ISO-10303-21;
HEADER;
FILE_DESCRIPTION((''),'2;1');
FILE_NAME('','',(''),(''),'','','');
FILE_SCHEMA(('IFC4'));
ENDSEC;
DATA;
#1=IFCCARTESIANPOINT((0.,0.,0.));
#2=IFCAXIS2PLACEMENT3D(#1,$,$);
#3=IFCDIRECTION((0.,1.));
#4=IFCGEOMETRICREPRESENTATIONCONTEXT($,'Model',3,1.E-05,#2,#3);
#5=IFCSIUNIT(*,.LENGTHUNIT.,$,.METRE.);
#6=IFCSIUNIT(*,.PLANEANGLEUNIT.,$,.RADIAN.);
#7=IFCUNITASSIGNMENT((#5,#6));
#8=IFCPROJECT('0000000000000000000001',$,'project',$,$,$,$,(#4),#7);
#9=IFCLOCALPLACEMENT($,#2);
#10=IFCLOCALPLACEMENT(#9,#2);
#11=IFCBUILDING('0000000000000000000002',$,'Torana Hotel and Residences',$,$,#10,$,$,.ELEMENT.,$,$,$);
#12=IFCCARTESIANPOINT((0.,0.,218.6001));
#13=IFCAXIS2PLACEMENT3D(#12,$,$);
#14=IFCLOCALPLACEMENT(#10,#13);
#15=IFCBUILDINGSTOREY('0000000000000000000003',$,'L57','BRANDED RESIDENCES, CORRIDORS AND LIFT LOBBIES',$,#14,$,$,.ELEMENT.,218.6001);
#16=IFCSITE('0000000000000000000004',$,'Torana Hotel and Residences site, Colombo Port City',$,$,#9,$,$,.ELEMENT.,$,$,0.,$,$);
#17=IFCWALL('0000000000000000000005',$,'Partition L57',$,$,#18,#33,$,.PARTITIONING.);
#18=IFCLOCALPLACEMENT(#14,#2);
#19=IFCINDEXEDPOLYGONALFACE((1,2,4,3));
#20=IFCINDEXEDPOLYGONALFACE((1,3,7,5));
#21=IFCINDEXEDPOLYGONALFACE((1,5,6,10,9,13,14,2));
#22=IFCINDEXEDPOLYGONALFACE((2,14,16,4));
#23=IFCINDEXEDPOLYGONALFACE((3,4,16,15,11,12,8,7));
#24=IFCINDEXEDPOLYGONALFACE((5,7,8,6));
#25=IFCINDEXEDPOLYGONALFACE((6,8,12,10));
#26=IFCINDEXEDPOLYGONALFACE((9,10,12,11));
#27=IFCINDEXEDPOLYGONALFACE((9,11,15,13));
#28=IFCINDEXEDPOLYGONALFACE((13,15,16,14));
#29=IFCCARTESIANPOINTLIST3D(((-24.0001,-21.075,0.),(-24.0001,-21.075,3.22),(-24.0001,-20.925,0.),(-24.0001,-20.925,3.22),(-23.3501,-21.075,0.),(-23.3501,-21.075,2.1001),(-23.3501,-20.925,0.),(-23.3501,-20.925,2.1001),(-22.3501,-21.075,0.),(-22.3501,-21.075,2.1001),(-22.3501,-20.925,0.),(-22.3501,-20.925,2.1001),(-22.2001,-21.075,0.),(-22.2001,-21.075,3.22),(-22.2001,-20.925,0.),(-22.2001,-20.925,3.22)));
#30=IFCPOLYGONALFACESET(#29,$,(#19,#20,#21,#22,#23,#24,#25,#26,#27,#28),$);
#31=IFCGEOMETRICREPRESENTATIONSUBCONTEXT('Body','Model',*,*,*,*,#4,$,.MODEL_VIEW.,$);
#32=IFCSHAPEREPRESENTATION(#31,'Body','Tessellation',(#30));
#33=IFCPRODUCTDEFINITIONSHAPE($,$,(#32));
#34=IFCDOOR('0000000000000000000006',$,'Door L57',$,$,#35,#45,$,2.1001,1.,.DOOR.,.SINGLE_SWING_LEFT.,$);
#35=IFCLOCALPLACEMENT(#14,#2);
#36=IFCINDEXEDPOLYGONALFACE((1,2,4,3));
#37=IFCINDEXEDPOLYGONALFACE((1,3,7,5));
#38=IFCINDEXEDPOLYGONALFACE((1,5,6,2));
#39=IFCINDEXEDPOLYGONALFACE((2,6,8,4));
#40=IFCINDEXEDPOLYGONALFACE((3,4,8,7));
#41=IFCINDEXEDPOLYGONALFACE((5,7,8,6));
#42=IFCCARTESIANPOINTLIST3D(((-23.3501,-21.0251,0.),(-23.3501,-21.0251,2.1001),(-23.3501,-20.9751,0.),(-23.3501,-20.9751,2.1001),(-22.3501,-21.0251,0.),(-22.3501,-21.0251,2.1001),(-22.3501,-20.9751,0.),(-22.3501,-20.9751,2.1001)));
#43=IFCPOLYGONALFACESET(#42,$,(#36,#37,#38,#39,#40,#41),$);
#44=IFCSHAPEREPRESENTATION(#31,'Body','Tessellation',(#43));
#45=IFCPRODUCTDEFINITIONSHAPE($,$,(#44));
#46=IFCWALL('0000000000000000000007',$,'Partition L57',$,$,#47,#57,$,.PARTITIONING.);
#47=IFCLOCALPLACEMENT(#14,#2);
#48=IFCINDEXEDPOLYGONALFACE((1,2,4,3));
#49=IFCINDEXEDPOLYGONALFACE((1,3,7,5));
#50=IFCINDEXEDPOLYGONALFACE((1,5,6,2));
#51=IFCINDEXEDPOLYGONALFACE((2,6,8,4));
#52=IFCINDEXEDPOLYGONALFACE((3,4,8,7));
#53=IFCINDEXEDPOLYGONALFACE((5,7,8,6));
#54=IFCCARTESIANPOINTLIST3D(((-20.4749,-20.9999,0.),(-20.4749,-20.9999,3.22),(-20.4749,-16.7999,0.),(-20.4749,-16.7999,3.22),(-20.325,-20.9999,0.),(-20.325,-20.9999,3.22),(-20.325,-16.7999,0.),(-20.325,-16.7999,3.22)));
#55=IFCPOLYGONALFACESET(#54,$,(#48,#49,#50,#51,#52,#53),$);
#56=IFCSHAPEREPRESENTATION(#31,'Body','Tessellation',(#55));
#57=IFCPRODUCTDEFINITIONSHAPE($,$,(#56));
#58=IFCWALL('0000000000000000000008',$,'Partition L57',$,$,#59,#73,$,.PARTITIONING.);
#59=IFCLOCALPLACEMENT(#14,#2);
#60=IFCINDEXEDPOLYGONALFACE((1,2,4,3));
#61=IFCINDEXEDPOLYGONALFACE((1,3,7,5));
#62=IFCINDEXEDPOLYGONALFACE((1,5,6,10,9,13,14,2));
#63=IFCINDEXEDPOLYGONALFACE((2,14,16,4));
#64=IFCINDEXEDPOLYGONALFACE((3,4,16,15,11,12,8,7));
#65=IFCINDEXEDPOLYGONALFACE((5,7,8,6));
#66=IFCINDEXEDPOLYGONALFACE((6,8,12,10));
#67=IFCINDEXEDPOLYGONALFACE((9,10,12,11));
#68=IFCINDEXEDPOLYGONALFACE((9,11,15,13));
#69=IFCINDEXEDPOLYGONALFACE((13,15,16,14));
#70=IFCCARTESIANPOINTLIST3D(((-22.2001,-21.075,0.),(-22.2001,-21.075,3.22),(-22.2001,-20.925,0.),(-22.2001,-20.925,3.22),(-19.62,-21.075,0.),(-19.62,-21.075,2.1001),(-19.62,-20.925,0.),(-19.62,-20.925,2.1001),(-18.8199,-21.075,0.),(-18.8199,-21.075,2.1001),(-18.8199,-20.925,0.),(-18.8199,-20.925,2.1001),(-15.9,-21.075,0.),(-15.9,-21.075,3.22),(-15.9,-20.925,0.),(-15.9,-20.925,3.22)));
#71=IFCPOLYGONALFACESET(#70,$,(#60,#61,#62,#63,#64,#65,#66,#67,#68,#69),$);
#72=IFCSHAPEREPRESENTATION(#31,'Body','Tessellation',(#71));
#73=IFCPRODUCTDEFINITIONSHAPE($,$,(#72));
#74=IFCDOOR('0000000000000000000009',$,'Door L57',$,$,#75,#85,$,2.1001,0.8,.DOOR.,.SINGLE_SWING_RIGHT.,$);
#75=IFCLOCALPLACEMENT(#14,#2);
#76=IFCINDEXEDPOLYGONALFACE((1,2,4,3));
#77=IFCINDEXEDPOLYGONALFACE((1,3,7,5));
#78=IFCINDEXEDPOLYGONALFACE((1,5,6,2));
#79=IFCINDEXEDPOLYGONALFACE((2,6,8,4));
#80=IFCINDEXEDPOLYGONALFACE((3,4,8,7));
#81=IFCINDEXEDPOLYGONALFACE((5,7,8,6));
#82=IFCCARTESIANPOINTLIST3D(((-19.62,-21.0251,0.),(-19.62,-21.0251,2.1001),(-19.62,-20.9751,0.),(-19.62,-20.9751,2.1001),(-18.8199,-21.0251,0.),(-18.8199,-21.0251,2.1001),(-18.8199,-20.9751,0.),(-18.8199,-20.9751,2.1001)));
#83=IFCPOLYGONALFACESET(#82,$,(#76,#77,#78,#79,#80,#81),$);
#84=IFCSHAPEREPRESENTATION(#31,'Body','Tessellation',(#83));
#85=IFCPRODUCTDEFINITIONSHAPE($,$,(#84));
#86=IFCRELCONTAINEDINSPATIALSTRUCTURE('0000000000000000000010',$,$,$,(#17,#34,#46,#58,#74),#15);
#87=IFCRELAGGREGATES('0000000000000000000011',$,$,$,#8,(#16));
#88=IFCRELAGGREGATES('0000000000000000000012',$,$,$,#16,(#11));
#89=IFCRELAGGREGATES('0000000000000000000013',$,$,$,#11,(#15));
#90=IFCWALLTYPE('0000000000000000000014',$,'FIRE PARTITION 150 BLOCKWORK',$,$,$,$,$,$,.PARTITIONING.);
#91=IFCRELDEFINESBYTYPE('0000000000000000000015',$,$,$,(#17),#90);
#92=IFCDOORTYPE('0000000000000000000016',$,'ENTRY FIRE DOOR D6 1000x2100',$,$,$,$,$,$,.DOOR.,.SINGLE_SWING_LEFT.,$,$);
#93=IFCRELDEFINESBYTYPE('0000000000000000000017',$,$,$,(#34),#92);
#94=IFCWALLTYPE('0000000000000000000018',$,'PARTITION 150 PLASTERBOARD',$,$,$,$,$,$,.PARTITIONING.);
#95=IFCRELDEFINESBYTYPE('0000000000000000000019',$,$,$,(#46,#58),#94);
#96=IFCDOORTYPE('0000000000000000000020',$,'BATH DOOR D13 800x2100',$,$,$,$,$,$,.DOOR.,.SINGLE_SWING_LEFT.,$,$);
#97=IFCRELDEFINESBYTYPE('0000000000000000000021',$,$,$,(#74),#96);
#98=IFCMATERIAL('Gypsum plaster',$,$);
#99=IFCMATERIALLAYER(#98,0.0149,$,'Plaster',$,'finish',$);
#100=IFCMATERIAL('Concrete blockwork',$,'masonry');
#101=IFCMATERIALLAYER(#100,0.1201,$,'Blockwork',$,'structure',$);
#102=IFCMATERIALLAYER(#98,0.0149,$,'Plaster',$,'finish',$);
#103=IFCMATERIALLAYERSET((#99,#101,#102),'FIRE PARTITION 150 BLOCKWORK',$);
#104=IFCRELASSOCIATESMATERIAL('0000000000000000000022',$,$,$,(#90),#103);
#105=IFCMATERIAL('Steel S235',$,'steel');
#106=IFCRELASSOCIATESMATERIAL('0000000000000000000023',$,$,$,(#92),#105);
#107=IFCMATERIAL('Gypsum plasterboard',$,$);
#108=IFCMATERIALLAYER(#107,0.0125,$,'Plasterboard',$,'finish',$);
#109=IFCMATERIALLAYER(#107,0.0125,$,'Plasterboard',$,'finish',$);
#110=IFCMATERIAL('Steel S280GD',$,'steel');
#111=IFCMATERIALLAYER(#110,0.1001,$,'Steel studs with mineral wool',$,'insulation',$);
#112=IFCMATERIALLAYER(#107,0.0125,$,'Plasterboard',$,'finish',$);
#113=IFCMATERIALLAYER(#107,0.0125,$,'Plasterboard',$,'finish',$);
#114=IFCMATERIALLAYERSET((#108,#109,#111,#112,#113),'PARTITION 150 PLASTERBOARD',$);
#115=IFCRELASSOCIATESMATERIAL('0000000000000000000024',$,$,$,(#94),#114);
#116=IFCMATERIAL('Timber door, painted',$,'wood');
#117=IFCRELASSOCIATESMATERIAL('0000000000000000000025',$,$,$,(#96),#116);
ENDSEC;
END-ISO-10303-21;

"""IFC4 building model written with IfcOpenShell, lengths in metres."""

from ifc_helpers import new_model, si_unit, direction, frame, frame_2d, origin, place, context, subcontext, project, spatial, rectangle, extrude, material, layer, layer_set, type_object, element, fill, save


model = new_model("IFC4")

# Units and contexts
model_context = context("Model", 3, precision=1e-05, world=origin(), true_north=direction((0.0, 1.0)))
body_context = subcontext(model_context, "Body", "Model", "MODEL_VIEW")
ifc_project = project(units=[si_unit("LENGTHUNIT", "METRE"), si_unit("PLANEANGLEUNIT", "RADIAN")], contexts=[model_context])

# Site, building, storey
site_placement = place(None, origin())
site = spatial("IfcSite", under=ifc_project, at=site_placement, Name="Torana Hotel and Residences site, Colombo Port City", CompositionType="ELEMENT", RefElevation=0.0)
building_placement = place(site_placement, origin())
building = spatial("IfcBuilding", under=site, at=building_placement, Name="Torana Hotel and Residences", CompositionType="ELEMENT")
storey_placement = place(building_placement, frame((0.0, 0.0, 218.6001)))
storey = spatial("IfcBuildingStorey", under=building, at=storey_placement, Name="L57", Description="BRANDED RESIDENCES, CORRIDORS AND LIFT LOBBIES", CompositionType="ELEMENT", Elevation=218.6001)

# Shared definitions
ifc_material_1 = material(Name="Gypsum plaster")
ifc_layer_1 = layer(ifc_material_1, 0.0149, Name="Plaster", Category="finish")
ifc_material_2 = material(Name="Concrete blockwork", Category="masonry")
ifc_layer_2 = layer(ifc_material_2, 0.1201, Name="Blockwork", Category="structure")
ifc_layer_3 = layer(ifc_material_1, 0.0149, Name="Plaster", Category="finish")
ifc_layer_set_1 = layer_set([ifc_layer_1, ifc_layer_2, ifc_layer_3], Name="FIRE PARTITION 150 BLOCKWORK")
wall_type_1 = type_object("IfcWallType", Name="FIRE PARTITION 150 BLOCKWORK", PredefinedType="PARTITIONING", material=ifc_layer_set_1)

# Shared definitions
ifc_material_3 = material(Name="Steel S235", Category="steel")
door_type_1 = type_object("IfcDoorType", Name="ENTRY FIRE DOOR D6 1000x2100", OperationType="SINGLE_SWING_LEFT", PredefinedType="DOOR", material=ifc_material_3)

# Wall, opening, door
wall_1_placement = place(storey_placement, frame((-24.0, -21.0, 0.0), z_axis=(0.0, 0.0, 1.0), x_axis=(1.0, 0.0, 0.0)))
wall_1 = element("IfcWall", 1, at=wall_1_placement, inside=storey, type_object=wall_type_1, Name="Partition L57", PredefinedType="PARTITIONING", context=body_context, shape_type="SweptSolid", body=[
    extrude(rectangle(XDim=1.8, YDim=0.1499, at=frame_2d((0.8999, 0.0))), origin(), (0.0, 0.0, 1.0), 3.22),
])
opening_1_placement = place(wall_1_placement, frame((0.6499, 0.0, 0.0)))
opening_1 = element("IfcOpeningElement", 2, at=opening_1_placement, cuts=wall_1, PredefinedType="OPENING", context=body_context, shape_type="SweptSolid", body=[
    extrude(rectangle(XDim=1.0, YDim=2.1001, at=frame_2d((0.5, 1.05))), frame((0.0, 0.085, 0.0), z_axis=(0.0, -1.0, 0.0), x_axis=(1.0, 0.0, 0.0)), (0.0, 0.0, 1.0), 0.1699),
])
door_1_placement = place(opening_1_placement, frame((0.5, 0.0, 0.0), z_axis=(0.0, 0.0, 1.0), x_axis=(-1.0, 0.0, 0.0)))
door_1 = element("IfcDoor", 3, at=door_1_placement, inside=storey, type_object=door_type_1, Name="Door L57", OperationType="SINGLE_SWING_LEFT", OverallHeight=2.1001, OverallWidth=1.0, PredefinedType="DOOR", context=body_context, shape_type="SweptSolid", body=[
    extrude(rectangle(XDim=1.0, YDim=2.1001, at=frame_2d((0.0, 1.05))), frame((0.0, -0.0249, 0.0), z_axis=(0.0, 1.0, 0.0), x_axis=(-1.0, 0.0, 0.0)), (0.0, 0.0, 1.0), 0.05),
])
fill(opening_1, door_1)

# Wall
ifc_material_4 = material(Name="Gypsum plasterboard")
ifc_layer_4 = layer(ifc_material_4, 0.0125, Name="Plasterboard", Category="finish")
ifc_layer_5 = layer(ifc_material_4, 0.0125, Name="Plasterboard", Category="finish")
ifc_material_5 = material(Name="Steel S280GD", Category="steel")
ifc_layer_6 = layer(ifc_material_5, 0.1001, Name="Steel studs with mineral wool", Category="insulation")
ifc_layer_7 = layer(ifc_material_4, 0.0125, Name="Plasterboard", Category="finish")
ifc_layer_8 = layer(ifc_material_4, 0.0125, Name="Plasterboard", Category="finish")
ifc_layer_set_2 = layer_set([ifc_layer_4, ifc_layer_5, ifc_layer_6, ifc_layer_7, ifc_layer_8], Name="PARTITION 150 PLASTERBOARD")
wall_type_2 = type_object("IfcWallType", Name="PARTITION 150 PLASTERBOARD", PredefinedType="PARTITIONING", material=ifc_layer_set_2)
wall_2_placement = place(storey_placement, frame((-20.3999, -21.0, 0.0), z_axis=(0.0, 0.0, 1.0), x_axis=(0.0, 1.0, 0.0)))
element("IfcWall", 4, at=wall_2_placement, inside=storey, type_object=wall_type_2, Name="Partition L57", PredefinedType="PARTITIONING", context=body_context, shape_type="SweptSolid", body=[
    extrude(rectangle(XDim=4.2, YDim=0.1499, at=frame_2d((2.1001, 0.0))), origin(), (0.0, 0.0, 1.0), 3.22),
])

# Wall, opening, door
wall_3_placement = place(storey_placement, frame((-22.2, -21.0, 0.0), z_axis=(0.0, 0.0, 1.0), x_axis=(1.0, 0.0, 0.0)))
wall_3 = element("IfcWall", 5, at=wall_3_placement, inside=storey, type_object=wall_type_2, Name="Partition L57", PredefinedType="PARTITIONING", context=body_context, shape_type="SweptSolid", body=[
    extrude(rectangle(XDim=6.3, YDim=0.1499, at=frame_2d((3.1499, 0.0))), origin(), (0.0, 0.0, 1.0), 3.22),
])
opening_2_placement = place(wall_3_placement, frame((2.5801, 0.0, 0.0)))
opening_2 = element("IfcOpeningElement", 6, at=opening_2_placement, cuts=wall_3, PredefinedType="OPENING", context=body_context, shape_type="SweptSolid", body=[
    extrude(rectangle(XDim=0.8, YDim=2.1001, at=frame_2d((0.3999, 1.05))), frame((0.0, 0.085, 0.0), z_axis=(0.0, -1.0, 0.0), x_axis=(1.0, 0.0, 0.0)), (0.0, 0.0, 1.0), 0.1699),
])
ifc_material_6 = material(Name="Timber door, painted", Category="wood")
door_type_2 = type_object("IfcDoorType", Name="BATH DOOR D13 800x2100", OperationType="SINGLE_SWING_LEFT", PredefinedType="DOOR", material=ifc_material_6)
door_2_placement = place(opening_2_placement, origin())
door_2 = element("IfcDoor", 7, at=door_2_placement, inside=storey, type_object=door_type_2, Name="Door L57", OperationType="SINGLE_SWING_RIGHT", OverallHeight=2.1001, OverallWidth=0.8, PredefinedType="DOOR", context=body_context, shape_type="SweptSolid", body=[
    extrude(rectangle(XDim=0.8, YDim=2.1001, at=frame_2d((0.3999, 1.05))), frame((0.0, 0.0249, 0.0), z_axis=(0.0, -1.0, 0.0), x_axis=(1.0, 0.0, 0.0)), (0.0, 0.0, 1.0), 0.05),
])
fill(opening_2, door_2)

save(model, "model.ifc")
